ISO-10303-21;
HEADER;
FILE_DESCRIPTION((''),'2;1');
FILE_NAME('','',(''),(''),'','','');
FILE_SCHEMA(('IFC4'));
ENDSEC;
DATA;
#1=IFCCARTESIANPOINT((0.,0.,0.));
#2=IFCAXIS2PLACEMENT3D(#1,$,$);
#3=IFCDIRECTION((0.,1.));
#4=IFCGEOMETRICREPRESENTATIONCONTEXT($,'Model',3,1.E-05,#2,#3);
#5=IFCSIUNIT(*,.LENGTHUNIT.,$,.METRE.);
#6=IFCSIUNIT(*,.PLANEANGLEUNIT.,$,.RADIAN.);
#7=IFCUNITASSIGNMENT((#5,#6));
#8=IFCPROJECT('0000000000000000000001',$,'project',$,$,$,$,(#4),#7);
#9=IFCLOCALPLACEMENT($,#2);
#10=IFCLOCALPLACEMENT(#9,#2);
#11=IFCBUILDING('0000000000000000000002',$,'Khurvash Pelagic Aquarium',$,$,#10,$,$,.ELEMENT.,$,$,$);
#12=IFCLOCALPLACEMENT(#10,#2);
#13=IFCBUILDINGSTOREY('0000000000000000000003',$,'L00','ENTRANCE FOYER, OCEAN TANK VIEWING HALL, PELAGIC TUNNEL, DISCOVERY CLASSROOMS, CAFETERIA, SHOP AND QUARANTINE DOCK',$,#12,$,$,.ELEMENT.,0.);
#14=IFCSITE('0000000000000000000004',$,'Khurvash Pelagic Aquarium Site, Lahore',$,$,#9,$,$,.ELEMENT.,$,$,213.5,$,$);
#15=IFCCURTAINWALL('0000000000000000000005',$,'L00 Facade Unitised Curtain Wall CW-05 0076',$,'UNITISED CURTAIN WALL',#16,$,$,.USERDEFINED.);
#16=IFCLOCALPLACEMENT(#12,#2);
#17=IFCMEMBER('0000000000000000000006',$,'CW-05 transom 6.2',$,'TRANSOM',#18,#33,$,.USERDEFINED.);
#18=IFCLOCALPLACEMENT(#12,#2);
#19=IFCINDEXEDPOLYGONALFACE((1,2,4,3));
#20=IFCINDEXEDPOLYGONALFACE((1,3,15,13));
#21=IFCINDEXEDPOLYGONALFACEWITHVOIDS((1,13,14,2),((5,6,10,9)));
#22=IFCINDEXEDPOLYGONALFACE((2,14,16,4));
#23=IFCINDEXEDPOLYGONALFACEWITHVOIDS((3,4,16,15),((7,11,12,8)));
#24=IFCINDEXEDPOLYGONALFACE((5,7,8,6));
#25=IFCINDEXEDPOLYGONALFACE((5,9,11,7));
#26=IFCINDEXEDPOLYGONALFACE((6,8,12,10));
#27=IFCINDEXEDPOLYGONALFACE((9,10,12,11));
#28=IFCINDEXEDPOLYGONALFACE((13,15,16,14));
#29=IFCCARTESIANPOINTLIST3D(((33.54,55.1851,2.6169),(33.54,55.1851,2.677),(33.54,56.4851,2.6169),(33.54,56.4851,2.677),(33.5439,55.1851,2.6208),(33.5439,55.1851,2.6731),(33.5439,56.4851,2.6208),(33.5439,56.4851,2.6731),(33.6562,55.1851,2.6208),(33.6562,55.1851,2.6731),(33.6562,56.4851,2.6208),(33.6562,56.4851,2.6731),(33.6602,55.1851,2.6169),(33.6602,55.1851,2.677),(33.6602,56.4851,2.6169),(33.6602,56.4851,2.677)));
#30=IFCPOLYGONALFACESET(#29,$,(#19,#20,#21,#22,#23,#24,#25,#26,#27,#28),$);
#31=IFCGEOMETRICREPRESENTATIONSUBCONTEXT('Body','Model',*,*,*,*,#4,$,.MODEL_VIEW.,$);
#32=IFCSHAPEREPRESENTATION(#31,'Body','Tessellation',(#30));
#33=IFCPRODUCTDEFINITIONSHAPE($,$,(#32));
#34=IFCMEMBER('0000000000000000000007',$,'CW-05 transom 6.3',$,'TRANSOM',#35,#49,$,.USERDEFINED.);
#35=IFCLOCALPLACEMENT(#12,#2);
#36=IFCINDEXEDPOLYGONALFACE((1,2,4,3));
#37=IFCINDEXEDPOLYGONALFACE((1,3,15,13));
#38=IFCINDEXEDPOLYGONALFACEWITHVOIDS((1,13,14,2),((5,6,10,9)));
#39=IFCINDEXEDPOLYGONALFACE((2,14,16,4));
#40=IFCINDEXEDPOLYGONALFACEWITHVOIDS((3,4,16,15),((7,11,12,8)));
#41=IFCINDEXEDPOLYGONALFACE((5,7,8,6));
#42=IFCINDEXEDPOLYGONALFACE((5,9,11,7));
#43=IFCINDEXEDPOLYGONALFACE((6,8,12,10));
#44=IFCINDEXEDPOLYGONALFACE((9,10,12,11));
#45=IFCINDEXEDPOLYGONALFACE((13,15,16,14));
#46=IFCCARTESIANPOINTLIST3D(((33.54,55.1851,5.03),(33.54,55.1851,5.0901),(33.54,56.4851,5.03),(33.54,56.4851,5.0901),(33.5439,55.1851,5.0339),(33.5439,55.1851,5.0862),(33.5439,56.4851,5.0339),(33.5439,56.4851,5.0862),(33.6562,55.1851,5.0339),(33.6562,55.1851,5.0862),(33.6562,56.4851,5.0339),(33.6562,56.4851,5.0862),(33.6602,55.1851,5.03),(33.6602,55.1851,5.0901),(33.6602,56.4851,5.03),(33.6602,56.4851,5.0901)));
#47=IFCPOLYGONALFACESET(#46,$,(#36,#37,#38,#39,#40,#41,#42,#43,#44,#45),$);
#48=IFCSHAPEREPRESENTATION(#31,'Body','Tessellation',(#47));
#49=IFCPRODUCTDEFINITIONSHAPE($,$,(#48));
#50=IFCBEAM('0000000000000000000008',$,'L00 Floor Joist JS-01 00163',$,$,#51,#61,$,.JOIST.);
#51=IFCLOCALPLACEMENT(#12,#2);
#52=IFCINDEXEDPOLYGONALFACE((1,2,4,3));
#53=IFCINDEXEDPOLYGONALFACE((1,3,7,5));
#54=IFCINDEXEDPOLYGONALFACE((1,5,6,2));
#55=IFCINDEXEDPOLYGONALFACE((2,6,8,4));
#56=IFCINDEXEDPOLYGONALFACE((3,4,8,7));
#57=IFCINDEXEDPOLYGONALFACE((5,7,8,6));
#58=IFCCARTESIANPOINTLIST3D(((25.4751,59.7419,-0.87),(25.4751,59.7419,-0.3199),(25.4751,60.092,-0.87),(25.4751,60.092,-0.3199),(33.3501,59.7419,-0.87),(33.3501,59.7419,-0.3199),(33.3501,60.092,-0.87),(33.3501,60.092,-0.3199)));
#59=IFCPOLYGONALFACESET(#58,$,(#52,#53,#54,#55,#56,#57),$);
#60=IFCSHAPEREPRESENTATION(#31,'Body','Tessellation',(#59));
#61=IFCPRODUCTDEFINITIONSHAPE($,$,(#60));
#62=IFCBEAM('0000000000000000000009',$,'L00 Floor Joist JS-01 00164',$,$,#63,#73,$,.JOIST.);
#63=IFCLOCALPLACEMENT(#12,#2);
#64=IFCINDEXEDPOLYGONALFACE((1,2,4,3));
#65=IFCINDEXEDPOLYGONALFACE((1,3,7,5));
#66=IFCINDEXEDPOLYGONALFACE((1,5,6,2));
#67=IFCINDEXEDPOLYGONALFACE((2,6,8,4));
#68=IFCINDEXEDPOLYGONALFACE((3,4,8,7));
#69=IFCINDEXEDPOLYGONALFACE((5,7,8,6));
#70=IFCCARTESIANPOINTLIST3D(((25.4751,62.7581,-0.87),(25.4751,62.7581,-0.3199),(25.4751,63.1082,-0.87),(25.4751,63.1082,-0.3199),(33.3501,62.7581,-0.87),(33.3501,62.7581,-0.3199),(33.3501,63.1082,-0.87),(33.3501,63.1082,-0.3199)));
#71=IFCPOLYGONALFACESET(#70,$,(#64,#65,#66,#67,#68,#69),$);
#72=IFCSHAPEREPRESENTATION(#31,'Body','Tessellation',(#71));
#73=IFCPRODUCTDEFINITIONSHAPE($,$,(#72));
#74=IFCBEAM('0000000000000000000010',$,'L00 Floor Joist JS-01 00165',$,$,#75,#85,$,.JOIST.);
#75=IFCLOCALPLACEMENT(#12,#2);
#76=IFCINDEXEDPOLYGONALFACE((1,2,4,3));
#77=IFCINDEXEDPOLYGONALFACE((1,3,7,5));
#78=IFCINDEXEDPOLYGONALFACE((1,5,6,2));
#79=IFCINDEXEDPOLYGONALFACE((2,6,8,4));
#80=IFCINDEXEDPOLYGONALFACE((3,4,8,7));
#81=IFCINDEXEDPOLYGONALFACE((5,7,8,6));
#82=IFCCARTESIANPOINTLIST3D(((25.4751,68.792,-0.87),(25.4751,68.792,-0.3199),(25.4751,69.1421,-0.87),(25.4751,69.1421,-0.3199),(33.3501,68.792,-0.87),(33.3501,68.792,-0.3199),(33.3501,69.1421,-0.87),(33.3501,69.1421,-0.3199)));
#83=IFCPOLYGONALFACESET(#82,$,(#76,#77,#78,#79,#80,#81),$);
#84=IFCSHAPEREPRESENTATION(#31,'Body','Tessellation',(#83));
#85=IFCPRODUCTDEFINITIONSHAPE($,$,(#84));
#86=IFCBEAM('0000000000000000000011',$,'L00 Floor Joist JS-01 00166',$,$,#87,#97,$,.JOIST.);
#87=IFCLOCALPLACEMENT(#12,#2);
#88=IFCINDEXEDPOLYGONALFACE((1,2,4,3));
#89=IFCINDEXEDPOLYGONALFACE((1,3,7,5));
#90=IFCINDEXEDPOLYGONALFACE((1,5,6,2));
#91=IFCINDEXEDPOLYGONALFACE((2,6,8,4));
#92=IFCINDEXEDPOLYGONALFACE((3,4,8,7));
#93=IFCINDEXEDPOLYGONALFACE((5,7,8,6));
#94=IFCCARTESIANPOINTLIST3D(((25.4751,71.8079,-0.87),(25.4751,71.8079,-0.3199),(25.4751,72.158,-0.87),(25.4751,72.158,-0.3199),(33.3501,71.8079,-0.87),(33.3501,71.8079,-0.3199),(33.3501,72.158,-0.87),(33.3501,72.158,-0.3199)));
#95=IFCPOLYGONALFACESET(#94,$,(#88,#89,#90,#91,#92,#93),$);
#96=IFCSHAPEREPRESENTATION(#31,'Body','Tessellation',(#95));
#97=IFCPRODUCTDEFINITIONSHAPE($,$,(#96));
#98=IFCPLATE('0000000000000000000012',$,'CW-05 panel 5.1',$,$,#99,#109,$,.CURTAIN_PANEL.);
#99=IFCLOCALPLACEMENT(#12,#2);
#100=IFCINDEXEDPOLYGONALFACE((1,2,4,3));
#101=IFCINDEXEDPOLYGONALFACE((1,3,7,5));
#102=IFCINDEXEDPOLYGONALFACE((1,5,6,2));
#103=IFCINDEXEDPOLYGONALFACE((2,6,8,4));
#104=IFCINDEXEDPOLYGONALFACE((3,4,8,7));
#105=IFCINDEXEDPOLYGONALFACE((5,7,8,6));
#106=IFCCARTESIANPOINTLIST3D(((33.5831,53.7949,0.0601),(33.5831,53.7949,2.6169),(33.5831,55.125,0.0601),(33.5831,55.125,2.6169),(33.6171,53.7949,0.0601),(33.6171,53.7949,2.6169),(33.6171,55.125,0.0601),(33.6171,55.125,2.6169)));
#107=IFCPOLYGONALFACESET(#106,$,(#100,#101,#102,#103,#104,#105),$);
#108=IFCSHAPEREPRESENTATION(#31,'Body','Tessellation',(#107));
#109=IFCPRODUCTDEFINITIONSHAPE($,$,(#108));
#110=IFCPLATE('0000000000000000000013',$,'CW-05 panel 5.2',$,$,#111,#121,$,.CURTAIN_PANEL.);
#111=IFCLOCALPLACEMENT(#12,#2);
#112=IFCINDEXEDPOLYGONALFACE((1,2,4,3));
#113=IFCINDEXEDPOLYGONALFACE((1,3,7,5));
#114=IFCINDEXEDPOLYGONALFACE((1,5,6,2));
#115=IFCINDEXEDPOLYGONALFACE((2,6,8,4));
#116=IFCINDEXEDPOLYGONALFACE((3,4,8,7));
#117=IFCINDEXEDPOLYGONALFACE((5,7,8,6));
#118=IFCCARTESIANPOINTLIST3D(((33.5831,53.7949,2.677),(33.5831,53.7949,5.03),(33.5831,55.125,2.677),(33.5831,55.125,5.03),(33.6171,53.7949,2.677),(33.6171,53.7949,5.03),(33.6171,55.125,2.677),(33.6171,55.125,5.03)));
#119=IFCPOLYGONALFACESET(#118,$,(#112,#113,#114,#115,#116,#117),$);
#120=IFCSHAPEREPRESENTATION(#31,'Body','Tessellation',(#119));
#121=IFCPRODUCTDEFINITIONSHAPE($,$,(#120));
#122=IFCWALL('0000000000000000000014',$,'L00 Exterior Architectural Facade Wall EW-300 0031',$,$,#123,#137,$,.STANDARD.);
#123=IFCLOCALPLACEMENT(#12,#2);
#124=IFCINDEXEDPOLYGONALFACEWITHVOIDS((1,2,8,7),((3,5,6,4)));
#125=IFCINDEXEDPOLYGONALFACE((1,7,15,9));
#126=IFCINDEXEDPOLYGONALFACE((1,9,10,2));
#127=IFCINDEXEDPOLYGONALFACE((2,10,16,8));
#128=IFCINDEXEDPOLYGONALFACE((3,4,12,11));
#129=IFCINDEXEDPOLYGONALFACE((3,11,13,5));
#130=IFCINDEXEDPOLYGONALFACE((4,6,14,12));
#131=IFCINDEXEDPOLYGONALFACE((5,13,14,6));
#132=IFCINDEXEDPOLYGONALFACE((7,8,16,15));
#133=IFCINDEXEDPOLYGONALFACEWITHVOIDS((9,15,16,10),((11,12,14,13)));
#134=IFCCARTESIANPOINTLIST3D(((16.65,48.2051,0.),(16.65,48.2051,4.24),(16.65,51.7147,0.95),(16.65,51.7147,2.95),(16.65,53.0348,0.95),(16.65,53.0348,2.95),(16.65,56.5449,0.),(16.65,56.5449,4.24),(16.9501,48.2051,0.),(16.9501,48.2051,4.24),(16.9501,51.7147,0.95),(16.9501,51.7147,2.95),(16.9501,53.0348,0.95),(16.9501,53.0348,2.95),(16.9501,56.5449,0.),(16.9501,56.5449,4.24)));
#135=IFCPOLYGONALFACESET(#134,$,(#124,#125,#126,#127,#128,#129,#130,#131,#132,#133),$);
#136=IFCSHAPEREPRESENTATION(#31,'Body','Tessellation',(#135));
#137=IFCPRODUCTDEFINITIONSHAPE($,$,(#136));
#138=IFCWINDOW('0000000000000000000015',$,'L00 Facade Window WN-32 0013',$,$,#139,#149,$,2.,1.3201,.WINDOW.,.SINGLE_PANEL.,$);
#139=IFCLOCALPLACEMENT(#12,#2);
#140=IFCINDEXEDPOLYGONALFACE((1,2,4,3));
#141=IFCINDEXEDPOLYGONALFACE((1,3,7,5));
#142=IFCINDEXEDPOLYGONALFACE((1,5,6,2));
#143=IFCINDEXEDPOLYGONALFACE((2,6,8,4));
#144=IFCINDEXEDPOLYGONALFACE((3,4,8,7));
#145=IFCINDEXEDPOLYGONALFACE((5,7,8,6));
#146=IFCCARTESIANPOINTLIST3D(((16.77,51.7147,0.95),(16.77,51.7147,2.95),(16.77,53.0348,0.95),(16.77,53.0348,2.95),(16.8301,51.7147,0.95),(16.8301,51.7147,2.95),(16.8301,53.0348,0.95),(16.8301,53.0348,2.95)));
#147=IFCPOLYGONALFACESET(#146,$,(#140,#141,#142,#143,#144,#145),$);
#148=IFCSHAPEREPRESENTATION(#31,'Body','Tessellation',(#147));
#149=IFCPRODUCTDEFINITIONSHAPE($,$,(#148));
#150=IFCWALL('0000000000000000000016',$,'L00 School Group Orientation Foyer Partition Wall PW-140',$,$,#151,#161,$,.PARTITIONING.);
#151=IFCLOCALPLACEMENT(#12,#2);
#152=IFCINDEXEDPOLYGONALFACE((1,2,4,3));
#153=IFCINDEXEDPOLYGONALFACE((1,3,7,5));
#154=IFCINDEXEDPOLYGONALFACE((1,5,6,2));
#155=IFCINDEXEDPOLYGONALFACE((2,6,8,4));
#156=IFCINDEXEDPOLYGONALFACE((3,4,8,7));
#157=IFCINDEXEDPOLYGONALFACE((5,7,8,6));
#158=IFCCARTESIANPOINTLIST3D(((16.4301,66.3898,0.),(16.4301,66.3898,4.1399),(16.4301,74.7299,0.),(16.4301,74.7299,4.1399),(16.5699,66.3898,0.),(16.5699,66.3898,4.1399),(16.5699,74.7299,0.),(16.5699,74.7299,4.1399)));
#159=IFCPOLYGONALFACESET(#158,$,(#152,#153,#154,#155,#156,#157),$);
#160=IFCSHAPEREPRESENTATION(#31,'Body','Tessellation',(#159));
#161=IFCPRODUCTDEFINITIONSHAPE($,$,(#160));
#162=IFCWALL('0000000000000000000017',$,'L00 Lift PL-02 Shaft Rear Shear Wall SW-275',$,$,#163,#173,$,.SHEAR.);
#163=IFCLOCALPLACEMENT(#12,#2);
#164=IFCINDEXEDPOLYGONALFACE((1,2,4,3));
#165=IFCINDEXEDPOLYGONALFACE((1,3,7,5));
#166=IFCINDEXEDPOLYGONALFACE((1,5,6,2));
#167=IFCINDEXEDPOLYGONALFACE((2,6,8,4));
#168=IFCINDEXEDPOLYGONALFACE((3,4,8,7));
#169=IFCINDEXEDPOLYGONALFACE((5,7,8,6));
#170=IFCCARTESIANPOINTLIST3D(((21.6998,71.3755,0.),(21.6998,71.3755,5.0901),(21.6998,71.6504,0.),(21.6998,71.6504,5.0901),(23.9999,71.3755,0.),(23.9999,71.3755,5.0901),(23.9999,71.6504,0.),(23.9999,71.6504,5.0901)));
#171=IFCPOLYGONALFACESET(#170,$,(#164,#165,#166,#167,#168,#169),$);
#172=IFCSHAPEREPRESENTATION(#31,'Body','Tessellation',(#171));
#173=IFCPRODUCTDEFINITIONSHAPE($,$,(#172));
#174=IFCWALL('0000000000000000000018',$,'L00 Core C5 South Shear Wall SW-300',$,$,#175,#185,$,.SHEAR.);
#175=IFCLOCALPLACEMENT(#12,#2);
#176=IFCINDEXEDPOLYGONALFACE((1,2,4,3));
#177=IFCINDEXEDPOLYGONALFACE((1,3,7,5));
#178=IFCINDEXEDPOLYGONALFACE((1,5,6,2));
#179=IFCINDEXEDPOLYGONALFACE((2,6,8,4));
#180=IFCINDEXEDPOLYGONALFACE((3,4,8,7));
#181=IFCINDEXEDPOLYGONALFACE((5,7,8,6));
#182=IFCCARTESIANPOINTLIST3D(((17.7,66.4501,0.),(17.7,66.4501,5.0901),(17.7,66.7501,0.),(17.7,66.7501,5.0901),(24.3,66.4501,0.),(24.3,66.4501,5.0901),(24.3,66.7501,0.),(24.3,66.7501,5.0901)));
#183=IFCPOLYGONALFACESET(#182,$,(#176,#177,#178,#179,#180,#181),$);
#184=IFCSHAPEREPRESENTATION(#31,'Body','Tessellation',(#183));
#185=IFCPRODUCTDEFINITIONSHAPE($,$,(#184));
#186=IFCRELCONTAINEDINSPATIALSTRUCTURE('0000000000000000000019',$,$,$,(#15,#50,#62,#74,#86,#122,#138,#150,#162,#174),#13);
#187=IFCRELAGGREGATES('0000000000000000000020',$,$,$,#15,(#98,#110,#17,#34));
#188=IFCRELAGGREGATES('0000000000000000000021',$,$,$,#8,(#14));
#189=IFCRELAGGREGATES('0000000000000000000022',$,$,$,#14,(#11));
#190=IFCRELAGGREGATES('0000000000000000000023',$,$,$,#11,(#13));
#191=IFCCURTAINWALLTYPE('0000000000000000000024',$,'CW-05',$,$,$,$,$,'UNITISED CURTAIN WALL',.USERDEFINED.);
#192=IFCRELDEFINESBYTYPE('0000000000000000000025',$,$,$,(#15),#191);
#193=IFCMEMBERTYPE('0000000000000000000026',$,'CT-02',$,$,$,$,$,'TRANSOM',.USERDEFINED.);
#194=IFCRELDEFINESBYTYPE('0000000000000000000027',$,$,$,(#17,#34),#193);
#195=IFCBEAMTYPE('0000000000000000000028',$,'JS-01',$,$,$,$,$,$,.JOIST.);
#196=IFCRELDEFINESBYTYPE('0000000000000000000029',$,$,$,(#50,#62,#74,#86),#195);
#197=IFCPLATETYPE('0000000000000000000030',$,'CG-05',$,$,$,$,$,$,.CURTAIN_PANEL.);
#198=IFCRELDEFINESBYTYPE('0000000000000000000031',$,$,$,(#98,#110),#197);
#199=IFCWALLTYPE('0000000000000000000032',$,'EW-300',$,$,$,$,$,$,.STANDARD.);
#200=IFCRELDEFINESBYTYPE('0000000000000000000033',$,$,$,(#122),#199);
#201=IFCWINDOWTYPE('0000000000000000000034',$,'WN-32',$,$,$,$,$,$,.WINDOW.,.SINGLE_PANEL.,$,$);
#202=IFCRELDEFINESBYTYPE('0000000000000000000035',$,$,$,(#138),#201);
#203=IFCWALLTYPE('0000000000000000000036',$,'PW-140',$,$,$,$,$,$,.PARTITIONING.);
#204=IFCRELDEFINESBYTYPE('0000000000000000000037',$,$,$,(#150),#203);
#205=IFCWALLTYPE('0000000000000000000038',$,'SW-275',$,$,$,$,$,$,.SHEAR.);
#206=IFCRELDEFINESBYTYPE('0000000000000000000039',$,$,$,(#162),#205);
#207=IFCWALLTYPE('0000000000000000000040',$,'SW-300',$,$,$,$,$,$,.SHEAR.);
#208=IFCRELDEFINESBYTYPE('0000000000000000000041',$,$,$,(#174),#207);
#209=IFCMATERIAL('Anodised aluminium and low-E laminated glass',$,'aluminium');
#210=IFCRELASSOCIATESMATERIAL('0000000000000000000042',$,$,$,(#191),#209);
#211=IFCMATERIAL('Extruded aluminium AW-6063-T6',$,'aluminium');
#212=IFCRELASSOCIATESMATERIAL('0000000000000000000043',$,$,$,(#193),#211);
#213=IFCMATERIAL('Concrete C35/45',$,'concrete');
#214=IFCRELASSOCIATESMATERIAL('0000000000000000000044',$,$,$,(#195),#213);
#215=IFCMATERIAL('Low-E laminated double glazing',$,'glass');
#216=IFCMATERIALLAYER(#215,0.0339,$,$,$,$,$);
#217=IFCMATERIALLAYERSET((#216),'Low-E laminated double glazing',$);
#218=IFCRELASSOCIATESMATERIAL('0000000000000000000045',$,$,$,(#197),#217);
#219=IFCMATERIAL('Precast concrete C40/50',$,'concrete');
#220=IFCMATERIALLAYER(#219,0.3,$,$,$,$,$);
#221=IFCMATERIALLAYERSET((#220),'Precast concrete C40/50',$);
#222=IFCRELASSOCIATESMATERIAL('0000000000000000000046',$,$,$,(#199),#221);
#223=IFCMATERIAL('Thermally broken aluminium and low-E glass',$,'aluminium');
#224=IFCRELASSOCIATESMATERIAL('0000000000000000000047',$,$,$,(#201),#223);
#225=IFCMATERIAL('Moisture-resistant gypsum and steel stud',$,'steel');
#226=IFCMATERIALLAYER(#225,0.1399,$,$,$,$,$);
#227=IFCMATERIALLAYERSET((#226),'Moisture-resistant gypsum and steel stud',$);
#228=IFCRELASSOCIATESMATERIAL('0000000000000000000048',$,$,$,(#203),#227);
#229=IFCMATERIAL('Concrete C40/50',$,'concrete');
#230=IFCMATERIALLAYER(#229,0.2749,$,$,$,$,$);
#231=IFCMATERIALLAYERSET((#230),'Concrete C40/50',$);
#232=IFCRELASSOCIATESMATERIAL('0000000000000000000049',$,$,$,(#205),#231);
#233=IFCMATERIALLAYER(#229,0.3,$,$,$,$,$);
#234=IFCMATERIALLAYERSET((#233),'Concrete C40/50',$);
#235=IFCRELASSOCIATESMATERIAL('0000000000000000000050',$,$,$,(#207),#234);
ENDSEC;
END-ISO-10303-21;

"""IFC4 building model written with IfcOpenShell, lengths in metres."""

from ifc_helpers import new_model, si_unit, direction, frame, frame_2d, origin, origin_2d, place, context, subcontext, project, spatial, rectangle, hollow_rectangle, extrude, material, layer, layer_set, material_profile, profile_set, type_object, element, fill, aggregate, save


model = new_model("IFC4")

# Units and contexts
model_context = context("Model", 3, precision=1e-05, world=origin(), true_north=direction((0.0, 1.0)))
body_context = subcontext(model_context, "Body", "Model", "MODEL_VIEW")
ifc_project = project(units=[si_unit("LENGTHUNIT", "METRE"), si_unit("PLANEANGLEUNIT", "RADIAN")], contexts=[model_context])

# Site, building, storey
site_placement = place(None, origin())
site = spatial("IfcSite", under=ifc_project, at=site_placement, Name="Khurvash Pelagic Aquarium Site, Lahore", CompositionType="ELEMENT", RefElevation=213.5)
building_placement = place(site_placement, origin())
building = spatial("IfcBuilding", under=site, at=building_placement, Name="Khurvash Pelagic Aquarium", CompositionType="ELEMENT")
storey_placement = place(building_placement, origin())
storey = spatial("IfcBuildingStorey", under=building, at=storey_placement, Name="L00", Description="ENTRANCE FOYER, OCEAN TANK VIEWING HALL, PELAGIC TUNNEL, DISCOVERY CLASSROOMS, CAFETERIA, SHOP AND QUARANTINE DOCK", CompositionType="ELEMENT", Elevation=0.0)

# Shared definitions
ifc_material_1 = material(Name="Concrete C40/50", Category="concrete")

# Shared definitions
ifc_material_2 = material(Name="Concrete C35/45", Category="concrete")

# Curtain wall, members
ifc_material_3 = material(Name="Anodised aluminium and low-E laminated glass", Category="aluminium")
curtain_wall_type = type_object("IfcCurtainWallType", Name="CW-05", ElementType="UNITISED CURTAIN WALL", PredefinedType="USERDEFINED", material=ifc_material_3)
curtain_wall_placement = place(storey_placement, origin())
curtain_wall = element("IfcCurtainWall", 1, at=curtain_wall_placement, inside=storey, type_object=curtain_wall_type, Name="L00 Facade Unitised Curtain Wall CW-05 0076", ObjectType="UNITISED CURTAIN WALL", PredefinedType="USERDEFINED")
ifc_material_4 = material(Name="Extruded aluminium AW-6063-T6", Category="aluminium")
ifc_material_profile_1 = material_profile(ifc_material_4, hollow_rectangle(XDim=0.1201, YDim=0.0601, WallThickness=0.0039, at=origin_2d()), Name="CWT120X60X4")
ifc_profile_set_1 = profile_set([ifc_material_profile_1], Name="Extruded aluminium AW-6063-T6")
member_type_1 = type_object("IfcMemberType", Name="CT-02", ElementType="TRANSOM", PredefinedType="USERDEFINED", material=ifc_profile_set_1)
member_1_placement = place(storey_placement, frame((33.6001, 55.1851, 2.647), z_axis=(0.0, 1.0, 0.0), x_axis=(-1.0, 0.0, 0.0)))
member_1 = element("IfcMember", 2, at=member_1_placement, type_object=member_type_1, Name="CW-05 transom 6.2", ObjectType="TRANSOM", PredefinedType="USERDEFINED", context=body_context, shape_type="SweptSolid", body=[
    extrude(hollow_rectangle(XDim=0.1201, YDim=0.0601, WallThickness=0.0039, at=origin_2d()), origin(), (0.0, 0.0, 1.0), 1.3),
])
member_2_placement = place(storey_placement, frame((33.6001, 55.1851, 5.0601), z_axis=(0.0, 1.0, 0.0), x_axis=(-1.0, 0.0, 0.0)))
member_2 = element("IfcMember", 3, at=member_2_placement, type_object=member_type_1, Name="CW-05 transom 6.3", ObjectType="TRANSOM", PredefinedType="USERDEFINED", context=body_context, shape_type="SweptSolid", body=[
    extrude(hollow_rectangle(XDim=0.1201, YDim=0.0601, WallThickness=0.0039, at=origin_2d()), origin(), (0.0, 0.0, 1.0), 1.3),
])

# Beams
ifc_material_profile_2 = material_profile(ifc_material_2, rectangle(XDim=0.3501, YDim=0.55, at=origin_2d()), Name="RC350X550")
ifc_profile_set_2 = profile_set([ifc_material_profile_2], Name="Concrete C35/45")
beam_type_1 = type_object("IfcBeamType", Name="JS-01", PredefinedType="JOIST", material=ifc_profile_set_2)
for number, where, z_axis, x_axis, name in (
    (4, (25.4751, 59.917, -0.595), (1.0, 0.0, 0.0), (0.0, 1.0, 0.0), "L00 Floor Joist JS-01 00163"),
    (5, (25.4751, 62.9331, -0.595), (1.0, 0.0, 0.0), (0.0, 1.0, 0.0), "L00 Floor Joist JS-01 00164"),
    (6, (25.4751, 68.967, -0.595), (1.0, 0.0, 0.0), (0.0, 1.0, 0.0), "L00 Floor Joist JS-01 00165"),
    (7, (25.4751, 71.9829, -0.595), (1.0, 0.0, 0.0), (0.0, 1.0, 0.0), "L00 Floor Joist JS-01 00166"),
):
    element("IfcBeam", number, at=place(storey_placement, frame(where, z_axis=z_axis, x_axis=x_axis)), inside=storey, type_object=beam_type_1, Name=name, PredefinedType="JOIST", context=body_context, shape_type="SweptSolid", body=[
        extrude(rectangle(XDim=0.3501, YDim=0.55, at=origin_2d()), origin(), (0.0, 0.0, 1.0), 7.875),
    ])

# Plates
ifc_material_5 = material(Name="Low-E laminated double glazing", Category="glass")
ifc_layer_1 = layer(ifc_material_5, 0.0339)
ifc_layer_set_1 = layer_set([ifc_layer_1], Name="Low-E laminated double glazing")
plate_type = type_object("IfcPlateType", Name="CG-05", PredefinedType="CURTAIN_PANEL", material=ifc_layer_set_1)
plate_1_placement = place(storey_placement, frame((33.6001, 54.46, 0.0601), z_axis=(0.0, 0.0, 1.0), x_axis=(0.0, 1.0, 0.0)))
plate_1 = element("IfcPlate", 8, at=plate_1_placement, type_object=plate_type, Name="CW-05 panel 5.1", PredefinedType="CURTAIN_PANEL", context=body_context, shape_type="SweptSolid", body=[
    extrude(rectangle(XDim=1.3301, YDim=0.0339, at=origin_2d()), origin(), (0.0, 0.0, 1.0), 2.5569),
])
plate_2_placement = place(storey_placement, frame((33.6001, 54.46, 2.677), z_axis=(0.0, 0.0, 1.0), x_axis=(0.0, 1.0, 0.0)))
plate_2 = element("IfcPlate", 9, at=plate_2_placement, type_object=plate_type, Name="CW-05 panel 5.2", PredefinedType="CURTAIN_PANEL", context=body_context, shape_type="SweptSolid", body=[
    extrude(rectangle(XDim=1.3301, YDim=0.0339, at=origin_2d()), origin(), (0.0, 0.0, 1.0), 2.353),
])
aggregate(curtain_wall, [plate_1, plate_2, member_1, member_2])

# Wall, opening, window
ifc_material_6 = material(Name="Precast concrete C40/50", Category="concrete")
ifc_layer_2 = layer(ifc_material_6, 0.3)
ifc_layer_set_2 = layer_set([ifc_layer_2], Name="Precast concrete C40/50")
wall_type_1 = type_object("IfcWallType", Name="EW-300", PredefinedType="STANDARD", material=ifc_layer_set_2)
wall_1_placement = place(storey_placement, frame((16.8, 56.5449, 0.0), z_axis=(0.0, 0.0, 1.0), x_axis=(0.0, -1.0, 0.0)))
wall_1 = element("IfcWall", 10, at=wall_1_placement, inside=storey, type_object=wall_type_1, Name="L00 Exterior Architectural Facade Wall EW-300 0031", PredefinedType="STANDARD", context=body_context, shape_type="SweptSolid", body=[
    extrude(rectangle(XDim=8.3398, YDim=0.3, at=frame_2d((4.1699, 0.0))), origin(), (0.0, 0.0, 1.0), 4.24),
])
opening_placement = place(wall_1_placement, frame((3.51, 0.0, 0.95)))
opening = element("IfcOpeningElement", 11, at=opening_placement, cuts=wall_1, PredefinedType="OPENING", context=body_context, shape_type="SweptSolid", body=[
    extrude(rectangle(XDim=1.3201, YDim=2.0, at=frame_2d((0.6602, 1.0))), frame((0.0, 0.1602, 0.0), z_axis=(0.0, -1.0, 0.0), x_axis=(1.0, 0.0, 0.0)), (0.0, 0.0, 1.0), 0.3201),
])
ifc_material_7 = material(Name="Thermally broken aluminium and low-E glass", Category="aluminium")
window_type = type_object("IfcWindowType", Name="WN-32", PartitioningType="SINGLE_PANEL", PredefinedType="WINDOW", material=ifc_material_7)
window_placement = place(opening_placement, origin())
window = element("IfcWindow", 12, at=window_placement, inside=storey, type_object=window_type, Name="L00 Facade Window WN-32 0013", OverallHeight=2.0, OverallWidth=1.3201, PartitioningType="SINGLE_PANEL", PredefinedType="WINDOW", context=body_context, shape_type="SweptSolid", body=[
    extrude(rectangle(XDim=1.3201, YDim=2.0, at=frame_2d((0.6602, 1.0))), frame((0.0, 0.03, 0.0), z_axis=(0.0, -1.0, 0.0), x_axis=(1.0, 0.0, 0.0)), (0.0, 0.0, 1.0), 0.0601),
])
fill(opening, window)

# Walls
ifc_material_8 = material(Name="Moisture-resistant gypsum and steel stud", Category="steel")
ifc_layer_3 = layer(ifc_material_8, 0.1399)
ifc_layer_set_3 = layer_set([ifc_layer_3], Name="Moisture-resistant gypsum and steel stud")
wall_type_2 = type_object("IfcWallType", Name="PW-140", PredefinedType="PARTITIONING", material=ifc_layer_set_3)
wall_2_placement = place(storey_placement, frame((16.5, 66.3899, 0.0), z_axis=(0.0, 0.0, 1.0), x_axis=(0.0, 1.0, 0.0)))
element("IfcWall", 13, at=wall_2_placement, inside=storey, type_object=wall_type_2, Name="L00 School Group Orientation Foyer Partition Wall PW-140", PredefinedType="PARTITIONING", context=body_context, shape_type="SweptSolid", body=[
    extrude(rectangle(XDim=8.3401, YDim=0.1399, at=frame_2d((4.1699, 0.0))), origin(), (0.0, 0.0, 1.0), 4.1399),
])
ifc_layer_4 = layer(ifc_material_1, 0.2749)
ifc_layer_set_4 = layer_set([ifc_layer_4], Name="Concrete C40/50")
wall_type_3 = type_object("IfcWallType", Name="SW-275", PredefinedType="SHEAR", material=ifc_layer_set_4)
wall_3_placement = place(storey_placement, frame((21.7, 71.5129, 0.0), z_axis=(0.0, 0.0, 1.0), x_axis=(1.0, 0.0, 0.0)))
element("IfcWall", 14, at=wall_3_placement, inside=storey, type_object=wall_type_3, Name="L00 Lift PL-02 Shaft Rear Shear Wall SW-275", PredefinedType="SHEAR", context=body_context, shape_type="SweptSolid", body=[
    extrude(rectangle(XDim=2.3, YDim=0.2749, at=frame_2d((1.1499, 0.0))), origin(), (0.0, 0.0, 1.0), 5.0901),
])
ifc_layer_5 = layer(ifc_material_1, 0.3)
ifc_layer_set_5 = layer_set([ifc_layer_5], Name="Concrete C40/50")
wall_type_4 = type_object("IfcWallType", Name="SW-300", PredefinedType="SHEAR", material=ifc_layer_set_5)
wall_4_placement = place(storey_placement, frame((17.7, 66.6001, 0.0), z_axis=(0.0, 0.0, 1.0), x_axis=(1.0, 0.0, 0.0)))
element("IfcWall", 15, at=wall_4_placement, inside=storey, type_object=wall_type_4, Name="L00 Core C5 South Shear Wall SW-300", PredefinedType="SHEAR", context=body_context, shape_type="SweptSolid", body=[
    extrude(rectangle(XDim=6.6001, YDim=0.3, at=frame_2d((3.3, 0.0))), origin(), (0.0, 0.0, 1.0), 5.0901),
])

save(model, "model.ifc")
